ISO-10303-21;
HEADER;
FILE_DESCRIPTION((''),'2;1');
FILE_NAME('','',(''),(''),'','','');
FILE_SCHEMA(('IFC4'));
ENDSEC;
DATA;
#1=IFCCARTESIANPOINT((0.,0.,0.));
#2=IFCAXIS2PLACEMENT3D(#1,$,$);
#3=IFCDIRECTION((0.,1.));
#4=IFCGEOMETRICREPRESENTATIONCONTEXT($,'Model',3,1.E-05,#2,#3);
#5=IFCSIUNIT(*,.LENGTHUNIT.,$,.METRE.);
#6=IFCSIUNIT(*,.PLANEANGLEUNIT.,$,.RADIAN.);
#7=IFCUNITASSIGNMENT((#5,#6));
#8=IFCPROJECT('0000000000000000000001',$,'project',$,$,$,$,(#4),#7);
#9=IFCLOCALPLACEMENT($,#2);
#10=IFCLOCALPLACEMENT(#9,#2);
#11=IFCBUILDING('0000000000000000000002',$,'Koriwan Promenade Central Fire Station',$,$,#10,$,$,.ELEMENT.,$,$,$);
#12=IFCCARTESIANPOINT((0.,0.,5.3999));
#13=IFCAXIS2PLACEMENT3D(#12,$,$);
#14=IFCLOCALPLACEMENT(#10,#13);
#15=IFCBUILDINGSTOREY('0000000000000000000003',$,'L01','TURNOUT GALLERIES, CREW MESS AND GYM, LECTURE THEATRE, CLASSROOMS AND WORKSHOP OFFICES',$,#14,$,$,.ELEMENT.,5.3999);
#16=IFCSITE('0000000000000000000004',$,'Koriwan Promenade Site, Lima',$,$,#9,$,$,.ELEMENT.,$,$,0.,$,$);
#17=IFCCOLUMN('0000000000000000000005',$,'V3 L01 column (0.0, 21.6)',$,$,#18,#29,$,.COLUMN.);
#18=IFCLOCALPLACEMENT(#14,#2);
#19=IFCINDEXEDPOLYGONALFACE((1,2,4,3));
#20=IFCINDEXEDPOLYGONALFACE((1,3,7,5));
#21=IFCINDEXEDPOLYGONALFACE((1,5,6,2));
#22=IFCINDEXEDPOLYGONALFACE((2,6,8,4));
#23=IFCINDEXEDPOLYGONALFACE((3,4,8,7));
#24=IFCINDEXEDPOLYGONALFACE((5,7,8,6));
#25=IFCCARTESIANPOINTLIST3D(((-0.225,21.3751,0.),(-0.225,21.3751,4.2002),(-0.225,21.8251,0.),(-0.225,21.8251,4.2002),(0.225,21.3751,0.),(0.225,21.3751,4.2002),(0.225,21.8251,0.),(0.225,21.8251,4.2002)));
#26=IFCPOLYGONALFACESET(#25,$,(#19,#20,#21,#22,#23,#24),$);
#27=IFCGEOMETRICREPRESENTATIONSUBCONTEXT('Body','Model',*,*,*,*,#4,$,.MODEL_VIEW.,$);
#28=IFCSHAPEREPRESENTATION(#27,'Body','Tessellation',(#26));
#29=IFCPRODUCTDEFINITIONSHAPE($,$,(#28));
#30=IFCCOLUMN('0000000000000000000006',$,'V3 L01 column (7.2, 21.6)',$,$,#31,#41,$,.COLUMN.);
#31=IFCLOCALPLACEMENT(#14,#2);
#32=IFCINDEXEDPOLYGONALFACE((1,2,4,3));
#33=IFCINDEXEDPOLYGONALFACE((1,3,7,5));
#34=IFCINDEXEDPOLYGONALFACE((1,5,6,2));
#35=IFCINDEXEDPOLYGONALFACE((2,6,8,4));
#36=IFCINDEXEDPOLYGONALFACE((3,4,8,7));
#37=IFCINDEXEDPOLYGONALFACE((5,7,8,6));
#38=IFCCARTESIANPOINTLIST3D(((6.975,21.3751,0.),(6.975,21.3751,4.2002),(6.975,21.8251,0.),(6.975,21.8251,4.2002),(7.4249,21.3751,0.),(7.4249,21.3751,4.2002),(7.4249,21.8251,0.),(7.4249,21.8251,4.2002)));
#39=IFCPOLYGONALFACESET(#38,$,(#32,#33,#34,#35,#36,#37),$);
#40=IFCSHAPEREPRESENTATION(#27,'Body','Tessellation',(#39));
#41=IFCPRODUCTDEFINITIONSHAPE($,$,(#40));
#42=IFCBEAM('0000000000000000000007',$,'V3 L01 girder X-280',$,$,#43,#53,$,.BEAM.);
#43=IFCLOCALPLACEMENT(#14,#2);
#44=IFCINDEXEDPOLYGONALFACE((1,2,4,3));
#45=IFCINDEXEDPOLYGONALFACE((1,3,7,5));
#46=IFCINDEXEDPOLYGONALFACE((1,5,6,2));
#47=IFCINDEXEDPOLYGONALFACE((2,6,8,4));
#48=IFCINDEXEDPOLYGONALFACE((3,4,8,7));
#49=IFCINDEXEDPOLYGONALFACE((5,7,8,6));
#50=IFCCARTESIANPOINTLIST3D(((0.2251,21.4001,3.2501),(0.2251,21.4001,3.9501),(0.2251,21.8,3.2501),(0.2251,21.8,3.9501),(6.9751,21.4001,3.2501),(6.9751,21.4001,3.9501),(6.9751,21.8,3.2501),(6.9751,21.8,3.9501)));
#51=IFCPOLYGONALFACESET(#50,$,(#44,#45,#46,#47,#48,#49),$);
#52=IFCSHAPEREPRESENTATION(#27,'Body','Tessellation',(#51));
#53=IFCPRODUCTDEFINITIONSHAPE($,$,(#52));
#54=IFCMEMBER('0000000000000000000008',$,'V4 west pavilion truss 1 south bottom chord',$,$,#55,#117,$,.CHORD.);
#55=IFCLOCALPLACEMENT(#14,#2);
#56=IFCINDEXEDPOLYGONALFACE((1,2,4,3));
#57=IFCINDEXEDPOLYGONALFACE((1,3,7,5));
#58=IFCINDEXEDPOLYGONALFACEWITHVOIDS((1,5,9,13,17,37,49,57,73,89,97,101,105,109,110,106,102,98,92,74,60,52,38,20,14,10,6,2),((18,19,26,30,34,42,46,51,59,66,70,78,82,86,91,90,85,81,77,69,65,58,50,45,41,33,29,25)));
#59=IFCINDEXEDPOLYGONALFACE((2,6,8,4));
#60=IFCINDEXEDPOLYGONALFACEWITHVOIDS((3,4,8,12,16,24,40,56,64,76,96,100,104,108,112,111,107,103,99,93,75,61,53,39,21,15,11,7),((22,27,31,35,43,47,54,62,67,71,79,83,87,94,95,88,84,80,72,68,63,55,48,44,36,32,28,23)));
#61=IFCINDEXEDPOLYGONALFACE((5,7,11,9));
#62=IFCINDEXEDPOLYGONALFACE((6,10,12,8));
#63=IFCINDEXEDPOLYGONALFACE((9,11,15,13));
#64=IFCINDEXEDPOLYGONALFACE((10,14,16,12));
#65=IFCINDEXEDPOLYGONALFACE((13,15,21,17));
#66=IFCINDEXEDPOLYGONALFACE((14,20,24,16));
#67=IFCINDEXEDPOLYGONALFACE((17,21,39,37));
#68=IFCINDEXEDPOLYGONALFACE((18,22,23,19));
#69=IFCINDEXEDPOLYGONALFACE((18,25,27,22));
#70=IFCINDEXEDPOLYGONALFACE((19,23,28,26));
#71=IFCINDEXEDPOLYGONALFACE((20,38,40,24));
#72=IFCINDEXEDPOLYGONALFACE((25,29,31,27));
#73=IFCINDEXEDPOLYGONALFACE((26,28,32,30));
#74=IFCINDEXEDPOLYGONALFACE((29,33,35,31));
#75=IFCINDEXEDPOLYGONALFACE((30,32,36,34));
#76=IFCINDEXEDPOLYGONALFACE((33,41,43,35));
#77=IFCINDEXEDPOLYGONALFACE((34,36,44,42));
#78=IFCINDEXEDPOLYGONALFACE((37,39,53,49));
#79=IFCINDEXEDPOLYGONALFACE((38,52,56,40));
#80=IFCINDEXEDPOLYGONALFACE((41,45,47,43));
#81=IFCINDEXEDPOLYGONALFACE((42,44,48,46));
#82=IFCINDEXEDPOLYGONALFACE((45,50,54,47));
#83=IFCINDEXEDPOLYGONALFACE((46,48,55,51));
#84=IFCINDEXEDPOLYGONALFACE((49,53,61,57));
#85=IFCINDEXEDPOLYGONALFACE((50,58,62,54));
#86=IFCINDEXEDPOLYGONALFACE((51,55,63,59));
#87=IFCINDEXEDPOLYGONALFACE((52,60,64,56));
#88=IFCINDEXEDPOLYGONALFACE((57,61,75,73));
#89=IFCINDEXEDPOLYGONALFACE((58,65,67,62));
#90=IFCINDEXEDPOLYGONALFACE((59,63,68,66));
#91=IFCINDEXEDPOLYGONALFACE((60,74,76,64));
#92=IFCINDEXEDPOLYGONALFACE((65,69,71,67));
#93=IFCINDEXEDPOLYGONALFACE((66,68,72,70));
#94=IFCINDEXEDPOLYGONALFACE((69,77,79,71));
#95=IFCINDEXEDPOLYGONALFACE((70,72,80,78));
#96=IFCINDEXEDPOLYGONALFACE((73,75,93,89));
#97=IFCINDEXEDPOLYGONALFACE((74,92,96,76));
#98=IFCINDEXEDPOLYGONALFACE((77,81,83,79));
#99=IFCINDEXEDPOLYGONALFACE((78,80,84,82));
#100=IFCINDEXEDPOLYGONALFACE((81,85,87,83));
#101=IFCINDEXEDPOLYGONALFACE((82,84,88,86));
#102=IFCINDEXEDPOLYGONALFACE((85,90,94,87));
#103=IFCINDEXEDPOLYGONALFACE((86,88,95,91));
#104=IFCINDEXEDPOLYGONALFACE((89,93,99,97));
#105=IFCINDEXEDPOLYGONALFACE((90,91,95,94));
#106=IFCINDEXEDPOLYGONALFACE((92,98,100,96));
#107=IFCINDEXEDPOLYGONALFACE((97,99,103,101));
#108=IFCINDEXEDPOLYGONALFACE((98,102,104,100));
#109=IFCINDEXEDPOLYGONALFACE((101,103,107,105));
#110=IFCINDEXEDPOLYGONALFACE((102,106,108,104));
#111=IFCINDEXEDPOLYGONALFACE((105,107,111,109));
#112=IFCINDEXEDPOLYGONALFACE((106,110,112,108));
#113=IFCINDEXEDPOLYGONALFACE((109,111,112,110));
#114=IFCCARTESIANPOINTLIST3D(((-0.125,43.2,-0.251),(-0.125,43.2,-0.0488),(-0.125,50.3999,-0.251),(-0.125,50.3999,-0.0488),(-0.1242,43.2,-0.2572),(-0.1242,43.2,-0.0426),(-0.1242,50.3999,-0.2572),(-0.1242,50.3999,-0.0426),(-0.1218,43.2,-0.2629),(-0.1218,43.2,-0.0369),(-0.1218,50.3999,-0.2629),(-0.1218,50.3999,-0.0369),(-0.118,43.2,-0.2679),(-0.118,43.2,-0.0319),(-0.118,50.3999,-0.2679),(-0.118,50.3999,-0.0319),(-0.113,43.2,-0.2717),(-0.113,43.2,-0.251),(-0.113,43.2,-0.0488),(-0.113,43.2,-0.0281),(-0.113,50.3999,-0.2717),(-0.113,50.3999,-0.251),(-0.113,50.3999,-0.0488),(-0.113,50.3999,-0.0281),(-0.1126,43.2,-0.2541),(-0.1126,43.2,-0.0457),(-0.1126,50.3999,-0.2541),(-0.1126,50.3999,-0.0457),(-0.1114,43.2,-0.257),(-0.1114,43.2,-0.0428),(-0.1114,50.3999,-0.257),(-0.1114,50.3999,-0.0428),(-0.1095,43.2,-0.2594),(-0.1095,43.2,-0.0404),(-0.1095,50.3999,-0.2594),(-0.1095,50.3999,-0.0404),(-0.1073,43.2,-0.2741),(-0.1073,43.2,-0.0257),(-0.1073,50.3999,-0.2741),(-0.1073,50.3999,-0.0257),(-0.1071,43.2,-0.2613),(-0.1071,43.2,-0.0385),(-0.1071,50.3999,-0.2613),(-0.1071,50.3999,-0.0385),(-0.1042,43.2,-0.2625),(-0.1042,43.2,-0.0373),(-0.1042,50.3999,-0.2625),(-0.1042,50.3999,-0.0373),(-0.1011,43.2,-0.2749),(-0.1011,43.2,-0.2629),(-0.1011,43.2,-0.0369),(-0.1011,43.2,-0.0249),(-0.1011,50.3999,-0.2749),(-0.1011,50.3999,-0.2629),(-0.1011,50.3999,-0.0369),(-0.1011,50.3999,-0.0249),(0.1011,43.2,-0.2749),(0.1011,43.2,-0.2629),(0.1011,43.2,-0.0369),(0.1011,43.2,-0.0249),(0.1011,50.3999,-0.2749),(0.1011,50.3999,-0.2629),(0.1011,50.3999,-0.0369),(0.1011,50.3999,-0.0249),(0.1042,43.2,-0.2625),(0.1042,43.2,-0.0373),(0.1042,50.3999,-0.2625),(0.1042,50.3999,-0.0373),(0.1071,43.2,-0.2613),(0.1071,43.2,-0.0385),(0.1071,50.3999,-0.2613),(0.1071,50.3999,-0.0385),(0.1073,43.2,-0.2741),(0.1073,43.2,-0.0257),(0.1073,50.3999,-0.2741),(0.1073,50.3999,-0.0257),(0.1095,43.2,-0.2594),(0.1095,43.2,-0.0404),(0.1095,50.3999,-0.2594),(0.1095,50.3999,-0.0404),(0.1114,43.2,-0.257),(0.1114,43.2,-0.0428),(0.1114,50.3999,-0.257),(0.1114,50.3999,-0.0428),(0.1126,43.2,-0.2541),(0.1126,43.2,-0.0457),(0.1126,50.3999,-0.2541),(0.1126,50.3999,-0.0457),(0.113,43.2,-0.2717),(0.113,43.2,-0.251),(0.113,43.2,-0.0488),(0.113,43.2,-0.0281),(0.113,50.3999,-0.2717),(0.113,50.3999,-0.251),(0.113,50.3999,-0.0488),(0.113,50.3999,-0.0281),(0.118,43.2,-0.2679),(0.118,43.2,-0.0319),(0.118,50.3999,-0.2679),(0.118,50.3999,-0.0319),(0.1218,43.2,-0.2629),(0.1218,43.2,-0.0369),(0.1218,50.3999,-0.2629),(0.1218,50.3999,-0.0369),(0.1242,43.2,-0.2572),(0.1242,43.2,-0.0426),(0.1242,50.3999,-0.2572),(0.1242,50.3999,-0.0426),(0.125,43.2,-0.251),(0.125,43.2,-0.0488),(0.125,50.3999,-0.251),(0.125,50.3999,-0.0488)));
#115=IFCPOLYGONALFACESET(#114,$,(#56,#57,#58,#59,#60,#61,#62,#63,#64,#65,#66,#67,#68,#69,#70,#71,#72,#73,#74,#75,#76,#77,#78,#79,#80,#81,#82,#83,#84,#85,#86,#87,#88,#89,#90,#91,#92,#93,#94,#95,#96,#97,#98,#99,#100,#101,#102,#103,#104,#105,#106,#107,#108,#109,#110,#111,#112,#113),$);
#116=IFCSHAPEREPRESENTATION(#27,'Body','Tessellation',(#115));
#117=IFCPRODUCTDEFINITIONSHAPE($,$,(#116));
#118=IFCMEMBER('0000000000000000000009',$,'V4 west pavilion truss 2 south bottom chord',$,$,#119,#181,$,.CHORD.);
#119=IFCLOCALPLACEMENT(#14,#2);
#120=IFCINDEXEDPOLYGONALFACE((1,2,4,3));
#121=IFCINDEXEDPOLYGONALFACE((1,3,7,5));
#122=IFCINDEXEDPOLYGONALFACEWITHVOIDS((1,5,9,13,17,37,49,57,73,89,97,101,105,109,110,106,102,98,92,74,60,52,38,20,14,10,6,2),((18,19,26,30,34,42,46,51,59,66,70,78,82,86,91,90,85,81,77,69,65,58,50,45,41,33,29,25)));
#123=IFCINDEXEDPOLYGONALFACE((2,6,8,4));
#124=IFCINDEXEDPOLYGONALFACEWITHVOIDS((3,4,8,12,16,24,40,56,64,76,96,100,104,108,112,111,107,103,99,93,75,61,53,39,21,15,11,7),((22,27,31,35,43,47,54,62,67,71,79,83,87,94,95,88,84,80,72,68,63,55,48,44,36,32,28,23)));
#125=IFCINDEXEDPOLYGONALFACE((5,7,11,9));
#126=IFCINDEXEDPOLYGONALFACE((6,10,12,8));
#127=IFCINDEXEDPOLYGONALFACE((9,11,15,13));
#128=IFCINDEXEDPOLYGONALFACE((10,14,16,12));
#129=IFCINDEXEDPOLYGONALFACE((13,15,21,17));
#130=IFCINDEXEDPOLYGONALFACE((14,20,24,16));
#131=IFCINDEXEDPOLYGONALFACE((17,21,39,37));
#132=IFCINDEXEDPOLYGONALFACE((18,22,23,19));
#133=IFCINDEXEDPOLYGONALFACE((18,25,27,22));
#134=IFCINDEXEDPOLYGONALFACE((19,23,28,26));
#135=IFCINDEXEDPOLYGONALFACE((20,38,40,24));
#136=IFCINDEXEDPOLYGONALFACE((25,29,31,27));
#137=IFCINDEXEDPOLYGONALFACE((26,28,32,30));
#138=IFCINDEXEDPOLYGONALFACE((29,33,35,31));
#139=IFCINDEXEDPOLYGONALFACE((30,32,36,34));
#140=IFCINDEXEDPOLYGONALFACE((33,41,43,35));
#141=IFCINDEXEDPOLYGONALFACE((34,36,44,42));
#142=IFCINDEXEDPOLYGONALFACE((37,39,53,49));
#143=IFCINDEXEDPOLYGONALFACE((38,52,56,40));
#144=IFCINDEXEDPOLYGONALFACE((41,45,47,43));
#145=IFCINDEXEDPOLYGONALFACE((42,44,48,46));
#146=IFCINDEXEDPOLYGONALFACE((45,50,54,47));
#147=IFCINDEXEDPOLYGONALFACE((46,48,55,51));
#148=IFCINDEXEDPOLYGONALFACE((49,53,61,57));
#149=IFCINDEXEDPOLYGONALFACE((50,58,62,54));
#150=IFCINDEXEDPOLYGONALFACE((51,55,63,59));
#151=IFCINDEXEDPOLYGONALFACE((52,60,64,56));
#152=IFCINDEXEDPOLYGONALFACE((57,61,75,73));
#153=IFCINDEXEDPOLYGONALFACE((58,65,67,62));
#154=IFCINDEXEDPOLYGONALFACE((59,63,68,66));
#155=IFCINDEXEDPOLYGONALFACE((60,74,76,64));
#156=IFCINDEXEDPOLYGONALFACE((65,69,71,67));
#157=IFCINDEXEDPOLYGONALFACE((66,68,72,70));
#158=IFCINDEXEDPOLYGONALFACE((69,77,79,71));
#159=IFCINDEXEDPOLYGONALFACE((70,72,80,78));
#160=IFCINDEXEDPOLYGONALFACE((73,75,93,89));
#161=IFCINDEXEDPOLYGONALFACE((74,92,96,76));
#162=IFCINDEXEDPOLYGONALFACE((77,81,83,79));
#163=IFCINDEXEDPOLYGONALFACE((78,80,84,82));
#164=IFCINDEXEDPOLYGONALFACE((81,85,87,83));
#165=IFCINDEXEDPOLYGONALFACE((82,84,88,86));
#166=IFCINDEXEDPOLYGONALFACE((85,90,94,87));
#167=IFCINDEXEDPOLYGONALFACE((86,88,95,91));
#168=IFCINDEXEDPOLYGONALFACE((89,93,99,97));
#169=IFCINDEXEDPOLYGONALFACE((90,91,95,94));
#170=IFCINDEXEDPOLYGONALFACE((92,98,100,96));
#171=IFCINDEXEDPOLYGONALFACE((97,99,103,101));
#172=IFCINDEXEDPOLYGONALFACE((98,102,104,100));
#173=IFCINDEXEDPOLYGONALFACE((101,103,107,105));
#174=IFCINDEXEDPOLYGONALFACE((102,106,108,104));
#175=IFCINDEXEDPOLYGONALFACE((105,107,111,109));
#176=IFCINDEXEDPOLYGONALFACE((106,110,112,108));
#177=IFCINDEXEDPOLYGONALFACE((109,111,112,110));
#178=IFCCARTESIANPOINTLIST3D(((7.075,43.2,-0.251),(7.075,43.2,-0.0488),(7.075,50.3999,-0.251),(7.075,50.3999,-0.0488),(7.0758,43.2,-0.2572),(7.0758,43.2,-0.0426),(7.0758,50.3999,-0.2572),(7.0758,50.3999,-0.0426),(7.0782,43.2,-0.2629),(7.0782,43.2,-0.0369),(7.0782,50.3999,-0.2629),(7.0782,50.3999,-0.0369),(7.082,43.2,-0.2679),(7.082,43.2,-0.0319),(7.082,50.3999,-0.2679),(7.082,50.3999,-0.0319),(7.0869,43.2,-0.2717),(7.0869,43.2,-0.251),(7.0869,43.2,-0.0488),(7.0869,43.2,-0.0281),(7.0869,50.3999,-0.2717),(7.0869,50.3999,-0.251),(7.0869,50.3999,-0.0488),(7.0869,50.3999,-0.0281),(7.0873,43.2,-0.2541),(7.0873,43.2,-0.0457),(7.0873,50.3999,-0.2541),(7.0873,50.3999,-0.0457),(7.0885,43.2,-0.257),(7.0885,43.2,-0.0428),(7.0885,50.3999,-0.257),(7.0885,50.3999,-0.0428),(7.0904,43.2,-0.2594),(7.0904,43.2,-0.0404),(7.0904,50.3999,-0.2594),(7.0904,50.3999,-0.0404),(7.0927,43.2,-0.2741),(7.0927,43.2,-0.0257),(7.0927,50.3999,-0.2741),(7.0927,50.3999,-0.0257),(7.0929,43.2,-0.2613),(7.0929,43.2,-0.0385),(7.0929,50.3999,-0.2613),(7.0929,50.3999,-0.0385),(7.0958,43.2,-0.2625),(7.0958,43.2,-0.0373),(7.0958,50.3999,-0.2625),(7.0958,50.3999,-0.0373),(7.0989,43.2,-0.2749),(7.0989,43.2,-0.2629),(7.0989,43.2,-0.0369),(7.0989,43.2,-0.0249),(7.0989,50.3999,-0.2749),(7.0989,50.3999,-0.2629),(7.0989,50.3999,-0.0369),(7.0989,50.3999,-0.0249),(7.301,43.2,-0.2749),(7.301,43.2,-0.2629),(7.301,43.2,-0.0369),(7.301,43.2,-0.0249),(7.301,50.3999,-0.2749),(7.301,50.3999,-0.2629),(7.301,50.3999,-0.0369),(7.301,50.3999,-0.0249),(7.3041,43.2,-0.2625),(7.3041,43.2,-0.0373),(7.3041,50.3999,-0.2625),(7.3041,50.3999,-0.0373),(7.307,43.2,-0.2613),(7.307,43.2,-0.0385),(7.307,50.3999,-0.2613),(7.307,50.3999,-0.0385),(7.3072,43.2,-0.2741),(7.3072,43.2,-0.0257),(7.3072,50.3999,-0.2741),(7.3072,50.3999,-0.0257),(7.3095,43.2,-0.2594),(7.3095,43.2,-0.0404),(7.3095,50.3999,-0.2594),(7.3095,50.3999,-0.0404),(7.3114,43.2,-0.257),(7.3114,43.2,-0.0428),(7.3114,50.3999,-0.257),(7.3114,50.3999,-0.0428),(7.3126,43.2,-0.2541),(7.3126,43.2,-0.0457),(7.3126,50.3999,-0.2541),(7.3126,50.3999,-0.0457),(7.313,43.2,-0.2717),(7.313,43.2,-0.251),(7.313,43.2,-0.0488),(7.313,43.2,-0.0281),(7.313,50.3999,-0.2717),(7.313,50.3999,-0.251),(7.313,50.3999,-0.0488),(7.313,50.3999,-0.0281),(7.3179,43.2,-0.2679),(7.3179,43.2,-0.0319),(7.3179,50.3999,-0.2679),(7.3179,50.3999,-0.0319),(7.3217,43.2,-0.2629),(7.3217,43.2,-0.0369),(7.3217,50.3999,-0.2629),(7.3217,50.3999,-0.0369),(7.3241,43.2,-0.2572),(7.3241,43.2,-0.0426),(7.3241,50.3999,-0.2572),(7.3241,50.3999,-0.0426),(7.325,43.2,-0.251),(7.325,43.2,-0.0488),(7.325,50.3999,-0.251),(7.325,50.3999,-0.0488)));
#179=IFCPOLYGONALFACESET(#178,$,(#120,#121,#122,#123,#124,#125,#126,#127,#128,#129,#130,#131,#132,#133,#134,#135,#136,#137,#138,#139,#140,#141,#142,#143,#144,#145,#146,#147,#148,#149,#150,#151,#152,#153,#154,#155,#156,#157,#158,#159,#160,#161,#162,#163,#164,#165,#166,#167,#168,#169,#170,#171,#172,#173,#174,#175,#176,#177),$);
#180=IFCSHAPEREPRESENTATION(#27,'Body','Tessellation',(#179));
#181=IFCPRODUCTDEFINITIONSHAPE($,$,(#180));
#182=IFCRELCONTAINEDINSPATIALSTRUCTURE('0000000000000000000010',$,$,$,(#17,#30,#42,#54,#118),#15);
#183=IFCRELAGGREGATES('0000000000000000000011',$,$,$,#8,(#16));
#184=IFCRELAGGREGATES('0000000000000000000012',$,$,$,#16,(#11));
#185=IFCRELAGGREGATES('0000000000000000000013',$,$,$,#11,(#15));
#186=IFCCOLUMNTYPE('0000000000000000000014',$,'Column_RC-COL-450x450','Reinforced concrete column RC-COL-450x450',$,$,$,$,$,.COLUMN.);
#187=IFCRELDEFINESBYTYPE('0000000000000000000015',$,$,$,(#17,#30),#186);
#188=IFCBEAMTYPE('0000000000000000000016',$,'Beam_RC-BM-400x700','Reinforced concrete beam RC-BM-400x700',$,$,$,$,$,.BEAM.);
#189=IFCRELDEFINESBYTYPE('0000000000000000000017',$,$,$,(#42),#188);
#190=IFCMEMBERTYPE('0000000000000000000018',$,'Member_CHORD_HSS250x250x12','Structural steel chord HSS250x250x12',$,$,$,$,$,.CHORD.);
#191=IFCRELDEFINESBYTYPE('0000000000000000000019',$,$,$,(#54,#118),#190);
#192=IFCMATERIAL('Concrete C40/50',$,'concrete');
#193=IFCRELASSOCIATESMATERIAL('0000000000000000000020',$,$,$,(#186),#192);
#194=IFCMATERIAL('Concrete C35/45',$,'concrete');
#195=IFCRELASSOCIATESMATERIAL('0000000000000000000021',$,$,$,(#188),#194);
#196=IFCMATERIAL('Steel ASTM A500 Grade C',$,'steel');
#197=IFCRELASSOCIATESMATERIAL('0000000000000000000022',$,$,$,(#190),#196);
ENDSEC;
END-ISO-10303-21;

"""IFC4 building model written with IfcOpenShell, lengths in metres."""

from ifc_helpers import new_model, si_unit, direction, frame, origin, origin_2d, place, context, subcontext, project, spatial, rectangle, hollow_rectangle, extrude, material, material_profile, profile_set, type_object, element, save


model = new_model("IFC4")

# Units and contexts
model_context = context("Model", 3, precision=1e-05, world=origin(), true_north=direction((0.0, 1.0)))
body_context = subcontext(model_context, "Body", "Model", "MODEL_VIEW")
ifc_project = project(units=[si_unit("LENGTHUNIT", "METRE"), si_unit("PLANEANGLEUNIT", "RADIAN")], contexts=[model_context])

# Site, building, storey
site_placement = place(None, origin())
site = spatial("IfcSite", under=ifc_project, at=site_placement, Name="Koriwan Promenade Site, Lima", CompositionType="ELEMENT", RefElevation=0.0)
building_placement = place(site_placement, origin())
building = spatial("IfcBuilding", under=site, at=building_placement, Name="Koriwan Promenade Central Fire Station", CompositionType="ELEMENT")
storey_placement = place(building_placement, frame((0.0, 0.0, 5.3999)))
storey = spatial("IfcBuildingStorey", under=building, at=storey_placement, Name="L01", Description="TURNOUT GALLERIES, CREW MESS AND GYM, LECTURE THEATRE, CLASSROOMS AND WORKSHOP OFFICES", CompositionType="ELEMENT", Elevation=5.3999)

# Columns
ifc_material_1 = material(Name="Concrete C40/50", Category="concrete")
ifc_material_profile_1 = material_profile(ifc_material_1, rectangle(XDim=0.45, YDim=0.45, at=origin_2d()), Name="RC-COL-450x450")
ifc_profile_set_1 = profile_set([ifc_material_profile_1], Name="Concrete C40/50")
column_type = type_object("IfcColumnType", Name="Column_RC-COL-450x450", Description="Reinforced concrete column RC-COL-450x450", PredefinedType="COLUMN", material=ifc_profile_set_1)
for number, where, z_axis, x_axis, name in (
    (1, (0.0, 21.6001, 0.0), (0.0, 0.0, 1.0), (1.0, 0.0, 0.0), "V3 L01 column (0.0, 21.6)"),
    (2, (7.2, 21.6001, 0.0), (0.0, 0.0, 1.0), (1.0, 0.0, 0.0), "V3 L01 column (7.2, 21.6)"),
):
    element("IfcColumn", number, at=place(storey_placement, frame(where, z_axis=z_axis, x_axis=x_axis)), inside=storey, type_object=column_type, Name=name, PredefinedType="COLUMN", context=body_context, shape_type="SweptSolid", body=[
        extrude(rectangle(XDim=0.45, YDim=0.45, at=origin_2d()), origin(), (0.0, 0.0, 1.0), 4.2002),
    ])

# Beam
ifc_material_2 = material(Name="Concrete C35/45", Category="concrete")
ifc_material_profile_2 = material_profile(ifc_material_2, rectangle(XDim=0.3999, YDim=0.7, at=origin_2d()), Name="RC-BM-400x700")
ifc_profile_set_2 = profile_set([ifc_material_profile_2], Name="Concrete C35/45")
beam_type = type_object("IfcBeamType", Name="Beam_RC-BM-400x700", Description="Reinforced concrete beam RC-BM-400x700", PredefinedType="BEAM", material=ifc_profile_set_2)
beam_placement = place(storey_placement, frame((0.2251, 21.6001, 3.6001), z_axis=(1.0, 0.0, 0.0), x_axis=(0.0, 1.0, 0.0)))
element("IfcBeam", 3, at=beam_placement, inside=storey, type_object=beam_type, Name="V3 L01 girder X-280", PredefinedType="BEAM", context=body_context, shape_type="SweptSolid", body=[
    extrude(rectangle(XDim=0.3999, YDim=0.7, at=origin_2d()), origin(), (0.0, 0.0, 1.0), 6.75),
])

# Members
ifc_material_3 = material(Name="Steel ASTM A500 Grade C", Category="steel")
ifc_material_profile_3 = material_profile(ifc_material_3, hollow_rectangle(XDim=0.25, YDim=0.25, WallThickness=0.012, InnerFilletRadius=0.012, OuterFilletRadius=0.0239, at=origin_2d()), Name="HSS250x250x12")
ifc_profile_set_3 = profile_set([ifc_material_profile_3], Name="Steel ASTM A500 Grade C")
member_type_1 = type_object("IfcMemberType", Name="Member_CHORD_HSS250x250x12", Description="Structural steel chord HSS250x250x12", PredefinedType="CHORD", material=ifc_profile_set_3)
for number, where, z_axis, x_axis, name in (
    (4, (0.0, 43.2, -0.1499), (0.0, 1.0, 0.0), (-1.0, 0.0, 0.0), "V4 west pavilion truss 1 south bottom chord"),
    (5, (7.2, 43.2, -0.1499), (0.0, 1.0, 0.0), (-1.0, 0.0, 0.0), "V4 west pavilion truss 2 south bottom chord"),
):
    element("IfcMember", number, at=place(storey_placement, frame(where, z_axis=z_axis, x_axis=x_axis)), inside=storey, type_object=member_type_1, Name=name, PredefinedType="CHORD", context=body_context, shape_type="SweptSolid", body=[
        extrude(hollow_rectangle(XDim=0.25, YDim=0.25, WallThickness=0.012, InnerFilletRadius=0.012, OuterFilletRadius=0.0239, at=origin_2d()), origin(), (0.0, 0.0, 1.0), 7.2),
    ])

save(model, "model.ifc")
